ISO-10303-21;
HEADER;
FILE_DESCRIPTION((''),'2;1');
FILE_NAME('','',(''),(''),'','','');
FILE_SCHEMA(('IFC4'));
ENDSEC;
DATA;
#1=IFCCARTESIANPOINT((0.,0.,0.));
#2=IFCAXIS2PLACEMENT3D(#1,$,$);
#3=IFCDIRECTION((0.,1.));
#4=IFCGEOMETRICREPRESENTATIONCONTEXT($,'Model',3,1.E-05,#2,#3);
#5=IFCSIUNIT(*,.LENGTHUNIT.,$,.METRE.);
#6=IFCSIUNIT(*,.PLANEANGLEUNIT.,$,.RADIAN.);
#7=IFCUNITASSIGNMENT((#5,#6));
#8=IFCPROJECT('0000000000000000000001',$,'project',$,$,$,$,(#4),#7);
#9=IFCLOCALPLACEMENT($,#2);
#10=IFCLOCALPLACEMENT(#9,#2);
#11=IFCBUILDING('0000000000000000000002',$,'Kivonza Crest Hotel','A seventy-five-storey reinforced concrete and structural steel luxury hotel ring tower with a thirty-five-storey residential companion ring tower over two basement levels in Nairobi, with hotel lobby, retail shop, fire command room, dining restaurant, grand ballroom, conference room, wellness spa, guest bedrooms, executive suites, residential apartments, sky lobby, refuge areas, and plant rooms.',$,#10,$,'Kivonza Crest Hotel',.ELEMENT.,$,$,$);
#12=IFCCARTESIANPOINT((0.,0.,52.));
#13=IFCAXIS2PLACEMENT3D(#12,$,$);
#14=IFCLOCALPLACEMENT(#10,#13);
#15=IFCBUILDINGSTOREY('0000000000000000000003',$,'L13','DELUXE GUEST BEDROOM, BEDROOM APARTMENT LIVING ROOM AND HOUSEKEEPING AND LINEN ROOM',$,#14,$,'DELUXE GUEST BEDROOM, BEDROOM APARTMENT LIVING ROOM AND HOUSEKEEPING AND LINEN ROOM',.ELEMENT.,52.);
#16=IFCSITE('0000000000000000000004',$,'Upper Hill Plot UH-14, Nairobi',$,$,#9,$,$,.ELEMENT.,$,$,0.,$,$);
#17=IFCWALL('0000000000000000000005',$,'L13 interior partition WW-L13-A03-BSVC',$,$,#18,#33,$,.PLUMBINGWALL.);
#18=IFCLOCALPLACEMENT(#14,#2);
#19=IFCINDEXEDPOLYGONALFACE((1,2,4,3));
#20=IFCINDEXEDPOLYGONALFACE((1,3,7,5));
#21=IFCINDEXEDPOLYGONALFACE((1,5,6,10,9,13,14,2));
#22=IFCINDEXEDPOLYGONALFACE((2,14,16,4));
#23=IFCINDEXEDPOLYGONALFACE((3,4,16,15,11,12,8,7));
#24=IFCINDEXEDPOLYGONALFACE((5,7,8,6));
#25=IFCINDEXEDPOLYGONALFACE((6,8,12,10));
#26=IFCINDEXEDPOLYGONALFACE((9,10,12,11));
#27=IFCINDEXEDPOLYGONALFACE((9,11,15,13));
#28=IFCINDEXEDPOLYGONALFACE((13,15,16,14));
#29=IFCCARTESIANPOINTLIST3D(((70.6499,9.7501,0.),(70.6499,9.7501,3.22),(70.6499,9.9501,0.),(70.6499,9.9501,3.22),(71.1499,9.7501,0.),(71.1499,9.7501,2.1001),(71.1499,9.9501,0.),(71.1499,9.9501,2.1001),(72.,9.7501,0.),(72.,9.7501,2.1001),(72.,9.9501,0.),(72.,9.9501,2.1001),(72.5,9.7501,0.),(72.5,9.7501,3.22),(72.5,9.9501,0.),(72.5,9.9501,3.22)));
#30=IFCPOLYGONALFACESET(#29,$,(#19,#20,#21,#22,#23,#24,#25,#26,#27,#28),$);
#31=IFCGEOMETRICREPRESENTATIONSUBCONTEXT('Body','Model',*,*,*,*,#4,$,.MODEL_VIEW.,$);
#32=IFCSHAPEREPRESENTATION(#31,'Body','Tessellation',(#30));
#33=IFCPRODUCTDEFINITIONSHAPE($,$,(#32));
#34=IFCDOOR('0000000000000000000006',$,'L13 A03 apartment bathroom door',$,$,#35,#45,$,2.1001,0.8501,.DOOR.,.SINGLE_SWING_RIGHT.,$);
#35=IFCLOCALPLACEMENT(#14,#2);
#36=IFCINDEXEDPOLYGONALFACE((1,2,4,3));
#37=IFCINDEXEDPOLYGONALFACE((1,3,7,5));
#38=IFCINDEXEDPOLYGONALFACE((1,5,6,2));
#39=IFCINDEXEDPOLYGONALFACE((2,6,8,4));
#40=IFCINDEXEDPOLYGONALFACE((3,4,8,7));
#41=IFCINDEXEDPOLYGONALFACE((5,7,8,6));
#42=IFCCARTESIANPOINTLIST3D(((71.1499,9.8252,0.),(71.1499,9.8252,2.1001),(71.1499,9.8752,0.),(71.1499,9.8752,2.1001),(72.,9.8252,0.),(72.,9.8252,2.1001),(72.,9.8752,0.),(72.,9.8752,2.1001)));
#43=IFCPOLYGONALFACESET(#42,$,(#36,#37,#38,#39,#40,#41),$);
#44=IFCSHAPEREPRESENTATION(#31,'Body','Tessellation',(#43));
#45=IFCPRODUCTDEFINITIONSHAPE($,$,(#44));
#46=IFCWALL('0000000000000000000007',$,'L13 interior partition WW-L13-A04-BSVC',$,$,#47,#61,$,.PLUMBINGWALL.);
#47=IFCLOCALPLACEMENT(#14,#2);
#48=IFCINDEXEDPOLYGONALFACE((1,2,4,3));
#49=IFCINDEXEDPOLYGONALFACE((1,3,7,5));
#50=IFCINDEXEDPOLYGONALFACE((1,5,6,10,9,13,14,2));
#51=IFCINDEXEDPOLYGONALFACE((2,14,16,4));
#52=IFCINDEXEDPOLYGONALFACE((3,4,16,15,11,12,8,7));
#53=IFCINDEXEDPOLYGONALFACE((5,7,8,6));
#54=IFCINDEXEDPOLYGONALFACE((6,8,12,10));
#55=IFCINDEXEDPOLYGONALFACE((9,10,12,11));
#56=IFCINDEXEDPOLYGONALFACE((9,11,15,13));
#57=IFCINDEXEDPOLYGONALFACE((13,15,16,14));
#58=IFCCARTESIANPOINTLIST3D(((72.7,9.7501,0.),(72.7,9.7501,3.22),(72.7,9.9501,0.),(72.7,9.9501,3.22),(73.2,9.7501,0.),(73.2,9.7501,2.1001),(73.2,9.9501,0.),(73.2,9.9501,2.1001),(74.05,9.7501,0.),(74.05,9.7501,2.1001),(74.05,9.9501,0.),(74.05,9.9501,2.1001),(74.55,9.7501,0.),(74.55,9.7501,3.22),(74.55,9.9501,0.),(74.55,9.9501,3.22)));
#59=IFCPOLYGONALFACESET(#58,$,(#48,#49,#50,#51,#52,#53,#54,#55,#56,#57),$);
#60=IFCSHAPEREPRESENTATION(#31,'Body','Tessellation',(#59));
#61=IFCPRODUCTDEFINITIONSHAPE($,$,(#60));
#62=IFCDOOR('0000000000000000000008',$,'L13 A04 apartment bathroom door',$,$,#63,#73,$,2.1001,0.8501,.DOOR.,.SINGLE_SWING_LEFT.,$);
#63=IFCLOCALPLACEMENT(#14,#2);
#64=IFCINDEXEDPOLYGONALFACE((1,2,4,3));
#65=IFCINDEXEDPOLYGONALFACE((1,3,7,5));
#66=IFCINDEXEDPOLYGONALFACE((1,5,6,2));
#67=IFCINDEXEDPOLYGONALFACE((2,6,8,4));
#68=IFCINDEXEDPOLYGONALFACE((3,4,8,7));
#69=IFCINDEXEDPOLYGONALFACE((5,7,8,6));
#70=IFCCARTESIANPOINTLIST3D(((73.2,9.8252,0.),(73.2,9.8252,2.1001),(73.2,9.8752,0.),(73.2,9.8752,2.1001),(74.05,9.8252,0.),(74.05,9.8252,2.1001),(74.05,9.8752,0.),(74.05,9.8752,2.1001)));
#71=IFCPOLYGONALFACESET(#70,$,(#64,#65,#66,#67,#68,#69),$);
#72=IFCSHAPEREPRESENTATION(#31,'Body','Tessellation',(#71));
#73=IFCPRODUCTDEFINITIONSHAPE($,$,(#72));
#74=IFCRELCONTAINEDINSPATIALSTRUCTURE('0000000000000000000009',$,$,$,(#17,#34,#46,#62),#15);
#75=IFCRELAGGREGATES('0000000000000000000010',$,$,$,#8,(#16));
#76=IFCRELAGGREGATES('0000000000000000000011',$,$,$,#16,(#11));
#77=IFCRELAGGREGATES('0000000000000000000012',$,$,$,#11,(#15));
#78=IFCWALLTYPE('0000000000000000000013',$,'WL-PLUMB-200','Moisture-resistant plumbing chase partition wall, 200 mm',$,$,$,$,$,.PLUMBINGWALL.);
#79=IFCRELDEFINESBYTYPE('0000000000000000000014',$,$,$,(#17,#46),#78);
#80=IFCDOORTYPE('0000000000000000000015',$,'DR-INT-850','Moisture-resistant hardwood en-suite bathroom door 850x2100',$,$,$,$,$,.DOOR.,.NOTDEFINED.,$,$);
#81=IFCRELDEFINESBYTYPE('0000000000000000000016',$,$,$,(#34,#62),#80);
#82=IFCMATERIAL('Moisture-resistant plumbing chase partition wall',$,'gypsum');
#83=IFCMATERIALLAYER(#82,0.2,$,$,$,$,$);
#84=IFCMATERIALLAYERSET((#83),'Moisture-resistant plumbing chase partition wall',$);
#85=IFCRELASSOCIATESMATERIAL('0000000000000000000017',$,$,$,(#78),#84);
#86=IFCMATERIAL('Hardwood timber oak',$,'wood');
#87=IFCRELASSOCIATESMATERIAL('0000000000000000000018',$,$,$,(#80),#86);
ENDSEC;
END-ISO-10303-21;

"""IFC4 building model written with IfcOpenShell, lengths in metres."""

from ifc_helpers import new_model, si_unit, direction, frame, frame_2d, origin, place, context, subcontext, project, spatial, rectangle, extrude, material, layer, layer_set, type_object, element, fill, save


model = new_model("IFC4")

# Units and contexts
model_context = context("Model", 3, precision=1e-05, world=origin(), true_north=direction((0.0, 1.0)))
body_context = subcontext(model_context, "Body", "Model", "MODEL_VIEW")
ifc_project = project(units=[si_unit("LENGTHUNIT", "METRE"), si_unit("PLANEANGLEUNIT", "RADIAN")], contexts=[model_context])

# Site, building, storey
site_placement = place(None, origin())
site = spatial("IfcSite", under=ifc_project, at=site_placement, Name="Upper Hill Plot UH-14, Nairobi", CompositionType="ELEMENT", RefElevation=0.0)
building_placement = place(site_placement, origin())
building = spatial("IfcBuilding", under=site, at=building_placement, Name="Kivonza Crest Hotel", Description="A seventy-five-storey reinforced concrete and structural steel luxury hotel ring tower with a thirty-five-storey residential companion ring tower over two basement levels in Nairobi, with hotel lobby, retail shop, fire command room, dining restaurant, grand ballroom, conference room, wellness spa, guest bedrooms, executive suites, residential apartments, sky lobby, refuge areas, and plant rooms.", LongName="Kivonza Crest Hotel", CompositionType="ELEMENT")
storey_placement = place(building_placement, frame((0.0, 0.0, 52.0)))
storey = spatial("IfcBuildingStorey", under=building, at=storey_placement, Name="L13", Description="DELUXE GUEST BEDROOM, BEDROOM APARTMENT LIVING ROOM AND HOUSEKEEPING AND LINEN ROOM", LongName="DELUXE GUEST BEDROOM, BEDROOM APARTMENT LIVING ROOM AND HOUSEKEEPING AND LINEN ROOM", CompositionType="ELEMENT", Elevation=52.0)

# Shared definitions
ifc_material_1 = material(Name="Hardwood timber oak", Category="wood")

# Shared definitions
ifc_material_2 = material(Name="Moisture-resistant plumbing chase partition wall", Category="gypsum")
ifc_layer_1 = layer(ifc_material_2, 0.2)
ifc_layer_set_1 = layer_set([ifc_layer_1], Name="Moisture-resistant plumbing chase partition wall")
wall_type_1 = type_object("IfcWallType", Name="WL-PLUMB-200", Description="Moisture-resistant plumbing chase partition wall, 200 mm", PredefinedType="PLUMBINGWALL", material=ifc_layer_set_1)

# Walls, openings, doors
wall_1_placement = place(storey_placement, frame((70.6499, 9.8501, 0.0), z_axis=(0.0, 0.0, 1.0), x_axis=(1.0, 0.0, 0.0)))
wall_1 = element("IfcWall", 1, at=wall_1_placement, inside=storey, type_object=wall_type_1, Name="L13 interior partition WW-L13-A03-BSVC", PredefinedType="PLUMBINGWALL", context=body_context, shape_type="SweptSolid", body=[
    extrude(rectangle(XDim=1.8501, YDim=0.2, at=frame_2d((0.925, 0.0))), origin(), (0.0, 0.0, 1.0), 3.22),
])
opening_1_placement = place(wall_1_placement, frame((0.5, 0.0, 0.0)))
opening_1 = element("IfcOpeningElement", 2, at=opening_1_placement, cuts=wall_1, PredefinedType="OPENING", context=body_context, shape_type="SweptSolid", body=[
    extrude(rectangle(XDim=0.8501, YDim=2.1001, at=frame_2d((0.425, 1.05))), frame((0.0, 0.1099, 0.0), z_axis=(0.0, -1.0, 0.0), x_axis=(1.0, 0.0, 0.0)), (0.0, 0.0, 1.0), 0.22),
])
door_type_1 = type_object("IfcDoorType", Name="DR-INT-850", Description="Moisture-resistant hardwood en-suite bathroom door 850x2100", OperationType="NOTDEFINED", PredefinedType="DOOR", material=ifc_material_1)
door_1_placement = place(opening_1_placement, frame((0.8501, 0.0, 0.0), z_axis=(0.0, 0.0, 1.0), x_axis=(-1.0, 0.0, 0.0)))
door_1 = element("IfcDoor", 3, at=door_1_placement, inside=storey, type_object=door_type_1, Name="L13 A03 apartment bathroom door", OperationType="SINGLE_SWING_RIGHT", OverallHeight=2.1001, OverallWidth=0.8501, PredefinedType="DOOR", context=body_context, shape_type="SweptSolid", body=[
    extrude(rectangle(XDim=0.8501, YDim=2.1001, at=frame_2d((0.425, 1.05))), frame((0.0, 0.0249, 0.0), z_axis=(0.0, -1.0, 0.0), x_axis=(1.0, 0.0, 0.0)), (0.0, 0.0, 1.0), 0.05),
])
fill(opening_1, door_1)
wall_2_placement = place(storey_placement, frame((72.7, 9.8501, 0.0), z_axis=(0.0, 0.0, 1.0), x_axis=(1.0, 0.0, 0.0)))
wall_2 = element("IfcWall", 4, at=wall_2_placement, inside=storey, type_object=wall_type_1, Name="L13 interior partition WW-L13-A04-BSVC", PredefinedType="PLUMBINGWALL", context=body_context, shape_type="SweptSolid", body=[
    extrude(rectangle(XDim=1.8501, YDim=0.2, at=frame_2d((0.925, 0.0))), origin(), (0.0, 0.0, 1.0), 3.22),
])
opening_2_placement = place(wall_2_placement, frame((0.5, 0.0, 0.0)))
opening_2 = element("IfcOpeningElement", 5, at=opening_2_placement, cuts=wall_2, PredefinedType="OPENING", context=body_context, shape_type="SweptSolid", body=[
    extrude(rectangle(XDim=0.8501, YDim=2.1001, at=frame_2d((0.425, 1.05))), frame((0.0, 0.1099, 0.0), z_axis=(0.0, -1.0, 0.0), x_axis=(1.0, 0.0, 0.0)), (0.0, 0.0, 1.0), 0.22),
])
door_2_placement = place(opening_2_placement, frame((0.8501, 0.0, 0.0), z_axis=(0.0, 0.0, 1.0), x_axis=(-1.0, 0.0, 0.0)))
door_2 = element("IfcDoor", 6, at=door_2_placement, inside=storey, type_object=door_type_1, Name="L13 A04 apartment bathroom door", OperationType="SINGLE_SWING_LEFT", OverallHeight=2.1001, OverallWidth=0.8501, PredefinedType="DOOR", context=body_context, shape_type="SweptSolid", body=[
    extrude(rectangle(XDim=0.8501, YDim=2.1001, at=frame_2d((0.425, 1.05))), frame((0.0, 0.0249, 0.0), z_axis=(0.0, -1.0, 0.0), x_axis=(1.0, 0.0, 0.0)), (0.0, 0.0, 1.0), 0.05),
])
fill(opening_2, door_2)

save(model, "model.ifc")
